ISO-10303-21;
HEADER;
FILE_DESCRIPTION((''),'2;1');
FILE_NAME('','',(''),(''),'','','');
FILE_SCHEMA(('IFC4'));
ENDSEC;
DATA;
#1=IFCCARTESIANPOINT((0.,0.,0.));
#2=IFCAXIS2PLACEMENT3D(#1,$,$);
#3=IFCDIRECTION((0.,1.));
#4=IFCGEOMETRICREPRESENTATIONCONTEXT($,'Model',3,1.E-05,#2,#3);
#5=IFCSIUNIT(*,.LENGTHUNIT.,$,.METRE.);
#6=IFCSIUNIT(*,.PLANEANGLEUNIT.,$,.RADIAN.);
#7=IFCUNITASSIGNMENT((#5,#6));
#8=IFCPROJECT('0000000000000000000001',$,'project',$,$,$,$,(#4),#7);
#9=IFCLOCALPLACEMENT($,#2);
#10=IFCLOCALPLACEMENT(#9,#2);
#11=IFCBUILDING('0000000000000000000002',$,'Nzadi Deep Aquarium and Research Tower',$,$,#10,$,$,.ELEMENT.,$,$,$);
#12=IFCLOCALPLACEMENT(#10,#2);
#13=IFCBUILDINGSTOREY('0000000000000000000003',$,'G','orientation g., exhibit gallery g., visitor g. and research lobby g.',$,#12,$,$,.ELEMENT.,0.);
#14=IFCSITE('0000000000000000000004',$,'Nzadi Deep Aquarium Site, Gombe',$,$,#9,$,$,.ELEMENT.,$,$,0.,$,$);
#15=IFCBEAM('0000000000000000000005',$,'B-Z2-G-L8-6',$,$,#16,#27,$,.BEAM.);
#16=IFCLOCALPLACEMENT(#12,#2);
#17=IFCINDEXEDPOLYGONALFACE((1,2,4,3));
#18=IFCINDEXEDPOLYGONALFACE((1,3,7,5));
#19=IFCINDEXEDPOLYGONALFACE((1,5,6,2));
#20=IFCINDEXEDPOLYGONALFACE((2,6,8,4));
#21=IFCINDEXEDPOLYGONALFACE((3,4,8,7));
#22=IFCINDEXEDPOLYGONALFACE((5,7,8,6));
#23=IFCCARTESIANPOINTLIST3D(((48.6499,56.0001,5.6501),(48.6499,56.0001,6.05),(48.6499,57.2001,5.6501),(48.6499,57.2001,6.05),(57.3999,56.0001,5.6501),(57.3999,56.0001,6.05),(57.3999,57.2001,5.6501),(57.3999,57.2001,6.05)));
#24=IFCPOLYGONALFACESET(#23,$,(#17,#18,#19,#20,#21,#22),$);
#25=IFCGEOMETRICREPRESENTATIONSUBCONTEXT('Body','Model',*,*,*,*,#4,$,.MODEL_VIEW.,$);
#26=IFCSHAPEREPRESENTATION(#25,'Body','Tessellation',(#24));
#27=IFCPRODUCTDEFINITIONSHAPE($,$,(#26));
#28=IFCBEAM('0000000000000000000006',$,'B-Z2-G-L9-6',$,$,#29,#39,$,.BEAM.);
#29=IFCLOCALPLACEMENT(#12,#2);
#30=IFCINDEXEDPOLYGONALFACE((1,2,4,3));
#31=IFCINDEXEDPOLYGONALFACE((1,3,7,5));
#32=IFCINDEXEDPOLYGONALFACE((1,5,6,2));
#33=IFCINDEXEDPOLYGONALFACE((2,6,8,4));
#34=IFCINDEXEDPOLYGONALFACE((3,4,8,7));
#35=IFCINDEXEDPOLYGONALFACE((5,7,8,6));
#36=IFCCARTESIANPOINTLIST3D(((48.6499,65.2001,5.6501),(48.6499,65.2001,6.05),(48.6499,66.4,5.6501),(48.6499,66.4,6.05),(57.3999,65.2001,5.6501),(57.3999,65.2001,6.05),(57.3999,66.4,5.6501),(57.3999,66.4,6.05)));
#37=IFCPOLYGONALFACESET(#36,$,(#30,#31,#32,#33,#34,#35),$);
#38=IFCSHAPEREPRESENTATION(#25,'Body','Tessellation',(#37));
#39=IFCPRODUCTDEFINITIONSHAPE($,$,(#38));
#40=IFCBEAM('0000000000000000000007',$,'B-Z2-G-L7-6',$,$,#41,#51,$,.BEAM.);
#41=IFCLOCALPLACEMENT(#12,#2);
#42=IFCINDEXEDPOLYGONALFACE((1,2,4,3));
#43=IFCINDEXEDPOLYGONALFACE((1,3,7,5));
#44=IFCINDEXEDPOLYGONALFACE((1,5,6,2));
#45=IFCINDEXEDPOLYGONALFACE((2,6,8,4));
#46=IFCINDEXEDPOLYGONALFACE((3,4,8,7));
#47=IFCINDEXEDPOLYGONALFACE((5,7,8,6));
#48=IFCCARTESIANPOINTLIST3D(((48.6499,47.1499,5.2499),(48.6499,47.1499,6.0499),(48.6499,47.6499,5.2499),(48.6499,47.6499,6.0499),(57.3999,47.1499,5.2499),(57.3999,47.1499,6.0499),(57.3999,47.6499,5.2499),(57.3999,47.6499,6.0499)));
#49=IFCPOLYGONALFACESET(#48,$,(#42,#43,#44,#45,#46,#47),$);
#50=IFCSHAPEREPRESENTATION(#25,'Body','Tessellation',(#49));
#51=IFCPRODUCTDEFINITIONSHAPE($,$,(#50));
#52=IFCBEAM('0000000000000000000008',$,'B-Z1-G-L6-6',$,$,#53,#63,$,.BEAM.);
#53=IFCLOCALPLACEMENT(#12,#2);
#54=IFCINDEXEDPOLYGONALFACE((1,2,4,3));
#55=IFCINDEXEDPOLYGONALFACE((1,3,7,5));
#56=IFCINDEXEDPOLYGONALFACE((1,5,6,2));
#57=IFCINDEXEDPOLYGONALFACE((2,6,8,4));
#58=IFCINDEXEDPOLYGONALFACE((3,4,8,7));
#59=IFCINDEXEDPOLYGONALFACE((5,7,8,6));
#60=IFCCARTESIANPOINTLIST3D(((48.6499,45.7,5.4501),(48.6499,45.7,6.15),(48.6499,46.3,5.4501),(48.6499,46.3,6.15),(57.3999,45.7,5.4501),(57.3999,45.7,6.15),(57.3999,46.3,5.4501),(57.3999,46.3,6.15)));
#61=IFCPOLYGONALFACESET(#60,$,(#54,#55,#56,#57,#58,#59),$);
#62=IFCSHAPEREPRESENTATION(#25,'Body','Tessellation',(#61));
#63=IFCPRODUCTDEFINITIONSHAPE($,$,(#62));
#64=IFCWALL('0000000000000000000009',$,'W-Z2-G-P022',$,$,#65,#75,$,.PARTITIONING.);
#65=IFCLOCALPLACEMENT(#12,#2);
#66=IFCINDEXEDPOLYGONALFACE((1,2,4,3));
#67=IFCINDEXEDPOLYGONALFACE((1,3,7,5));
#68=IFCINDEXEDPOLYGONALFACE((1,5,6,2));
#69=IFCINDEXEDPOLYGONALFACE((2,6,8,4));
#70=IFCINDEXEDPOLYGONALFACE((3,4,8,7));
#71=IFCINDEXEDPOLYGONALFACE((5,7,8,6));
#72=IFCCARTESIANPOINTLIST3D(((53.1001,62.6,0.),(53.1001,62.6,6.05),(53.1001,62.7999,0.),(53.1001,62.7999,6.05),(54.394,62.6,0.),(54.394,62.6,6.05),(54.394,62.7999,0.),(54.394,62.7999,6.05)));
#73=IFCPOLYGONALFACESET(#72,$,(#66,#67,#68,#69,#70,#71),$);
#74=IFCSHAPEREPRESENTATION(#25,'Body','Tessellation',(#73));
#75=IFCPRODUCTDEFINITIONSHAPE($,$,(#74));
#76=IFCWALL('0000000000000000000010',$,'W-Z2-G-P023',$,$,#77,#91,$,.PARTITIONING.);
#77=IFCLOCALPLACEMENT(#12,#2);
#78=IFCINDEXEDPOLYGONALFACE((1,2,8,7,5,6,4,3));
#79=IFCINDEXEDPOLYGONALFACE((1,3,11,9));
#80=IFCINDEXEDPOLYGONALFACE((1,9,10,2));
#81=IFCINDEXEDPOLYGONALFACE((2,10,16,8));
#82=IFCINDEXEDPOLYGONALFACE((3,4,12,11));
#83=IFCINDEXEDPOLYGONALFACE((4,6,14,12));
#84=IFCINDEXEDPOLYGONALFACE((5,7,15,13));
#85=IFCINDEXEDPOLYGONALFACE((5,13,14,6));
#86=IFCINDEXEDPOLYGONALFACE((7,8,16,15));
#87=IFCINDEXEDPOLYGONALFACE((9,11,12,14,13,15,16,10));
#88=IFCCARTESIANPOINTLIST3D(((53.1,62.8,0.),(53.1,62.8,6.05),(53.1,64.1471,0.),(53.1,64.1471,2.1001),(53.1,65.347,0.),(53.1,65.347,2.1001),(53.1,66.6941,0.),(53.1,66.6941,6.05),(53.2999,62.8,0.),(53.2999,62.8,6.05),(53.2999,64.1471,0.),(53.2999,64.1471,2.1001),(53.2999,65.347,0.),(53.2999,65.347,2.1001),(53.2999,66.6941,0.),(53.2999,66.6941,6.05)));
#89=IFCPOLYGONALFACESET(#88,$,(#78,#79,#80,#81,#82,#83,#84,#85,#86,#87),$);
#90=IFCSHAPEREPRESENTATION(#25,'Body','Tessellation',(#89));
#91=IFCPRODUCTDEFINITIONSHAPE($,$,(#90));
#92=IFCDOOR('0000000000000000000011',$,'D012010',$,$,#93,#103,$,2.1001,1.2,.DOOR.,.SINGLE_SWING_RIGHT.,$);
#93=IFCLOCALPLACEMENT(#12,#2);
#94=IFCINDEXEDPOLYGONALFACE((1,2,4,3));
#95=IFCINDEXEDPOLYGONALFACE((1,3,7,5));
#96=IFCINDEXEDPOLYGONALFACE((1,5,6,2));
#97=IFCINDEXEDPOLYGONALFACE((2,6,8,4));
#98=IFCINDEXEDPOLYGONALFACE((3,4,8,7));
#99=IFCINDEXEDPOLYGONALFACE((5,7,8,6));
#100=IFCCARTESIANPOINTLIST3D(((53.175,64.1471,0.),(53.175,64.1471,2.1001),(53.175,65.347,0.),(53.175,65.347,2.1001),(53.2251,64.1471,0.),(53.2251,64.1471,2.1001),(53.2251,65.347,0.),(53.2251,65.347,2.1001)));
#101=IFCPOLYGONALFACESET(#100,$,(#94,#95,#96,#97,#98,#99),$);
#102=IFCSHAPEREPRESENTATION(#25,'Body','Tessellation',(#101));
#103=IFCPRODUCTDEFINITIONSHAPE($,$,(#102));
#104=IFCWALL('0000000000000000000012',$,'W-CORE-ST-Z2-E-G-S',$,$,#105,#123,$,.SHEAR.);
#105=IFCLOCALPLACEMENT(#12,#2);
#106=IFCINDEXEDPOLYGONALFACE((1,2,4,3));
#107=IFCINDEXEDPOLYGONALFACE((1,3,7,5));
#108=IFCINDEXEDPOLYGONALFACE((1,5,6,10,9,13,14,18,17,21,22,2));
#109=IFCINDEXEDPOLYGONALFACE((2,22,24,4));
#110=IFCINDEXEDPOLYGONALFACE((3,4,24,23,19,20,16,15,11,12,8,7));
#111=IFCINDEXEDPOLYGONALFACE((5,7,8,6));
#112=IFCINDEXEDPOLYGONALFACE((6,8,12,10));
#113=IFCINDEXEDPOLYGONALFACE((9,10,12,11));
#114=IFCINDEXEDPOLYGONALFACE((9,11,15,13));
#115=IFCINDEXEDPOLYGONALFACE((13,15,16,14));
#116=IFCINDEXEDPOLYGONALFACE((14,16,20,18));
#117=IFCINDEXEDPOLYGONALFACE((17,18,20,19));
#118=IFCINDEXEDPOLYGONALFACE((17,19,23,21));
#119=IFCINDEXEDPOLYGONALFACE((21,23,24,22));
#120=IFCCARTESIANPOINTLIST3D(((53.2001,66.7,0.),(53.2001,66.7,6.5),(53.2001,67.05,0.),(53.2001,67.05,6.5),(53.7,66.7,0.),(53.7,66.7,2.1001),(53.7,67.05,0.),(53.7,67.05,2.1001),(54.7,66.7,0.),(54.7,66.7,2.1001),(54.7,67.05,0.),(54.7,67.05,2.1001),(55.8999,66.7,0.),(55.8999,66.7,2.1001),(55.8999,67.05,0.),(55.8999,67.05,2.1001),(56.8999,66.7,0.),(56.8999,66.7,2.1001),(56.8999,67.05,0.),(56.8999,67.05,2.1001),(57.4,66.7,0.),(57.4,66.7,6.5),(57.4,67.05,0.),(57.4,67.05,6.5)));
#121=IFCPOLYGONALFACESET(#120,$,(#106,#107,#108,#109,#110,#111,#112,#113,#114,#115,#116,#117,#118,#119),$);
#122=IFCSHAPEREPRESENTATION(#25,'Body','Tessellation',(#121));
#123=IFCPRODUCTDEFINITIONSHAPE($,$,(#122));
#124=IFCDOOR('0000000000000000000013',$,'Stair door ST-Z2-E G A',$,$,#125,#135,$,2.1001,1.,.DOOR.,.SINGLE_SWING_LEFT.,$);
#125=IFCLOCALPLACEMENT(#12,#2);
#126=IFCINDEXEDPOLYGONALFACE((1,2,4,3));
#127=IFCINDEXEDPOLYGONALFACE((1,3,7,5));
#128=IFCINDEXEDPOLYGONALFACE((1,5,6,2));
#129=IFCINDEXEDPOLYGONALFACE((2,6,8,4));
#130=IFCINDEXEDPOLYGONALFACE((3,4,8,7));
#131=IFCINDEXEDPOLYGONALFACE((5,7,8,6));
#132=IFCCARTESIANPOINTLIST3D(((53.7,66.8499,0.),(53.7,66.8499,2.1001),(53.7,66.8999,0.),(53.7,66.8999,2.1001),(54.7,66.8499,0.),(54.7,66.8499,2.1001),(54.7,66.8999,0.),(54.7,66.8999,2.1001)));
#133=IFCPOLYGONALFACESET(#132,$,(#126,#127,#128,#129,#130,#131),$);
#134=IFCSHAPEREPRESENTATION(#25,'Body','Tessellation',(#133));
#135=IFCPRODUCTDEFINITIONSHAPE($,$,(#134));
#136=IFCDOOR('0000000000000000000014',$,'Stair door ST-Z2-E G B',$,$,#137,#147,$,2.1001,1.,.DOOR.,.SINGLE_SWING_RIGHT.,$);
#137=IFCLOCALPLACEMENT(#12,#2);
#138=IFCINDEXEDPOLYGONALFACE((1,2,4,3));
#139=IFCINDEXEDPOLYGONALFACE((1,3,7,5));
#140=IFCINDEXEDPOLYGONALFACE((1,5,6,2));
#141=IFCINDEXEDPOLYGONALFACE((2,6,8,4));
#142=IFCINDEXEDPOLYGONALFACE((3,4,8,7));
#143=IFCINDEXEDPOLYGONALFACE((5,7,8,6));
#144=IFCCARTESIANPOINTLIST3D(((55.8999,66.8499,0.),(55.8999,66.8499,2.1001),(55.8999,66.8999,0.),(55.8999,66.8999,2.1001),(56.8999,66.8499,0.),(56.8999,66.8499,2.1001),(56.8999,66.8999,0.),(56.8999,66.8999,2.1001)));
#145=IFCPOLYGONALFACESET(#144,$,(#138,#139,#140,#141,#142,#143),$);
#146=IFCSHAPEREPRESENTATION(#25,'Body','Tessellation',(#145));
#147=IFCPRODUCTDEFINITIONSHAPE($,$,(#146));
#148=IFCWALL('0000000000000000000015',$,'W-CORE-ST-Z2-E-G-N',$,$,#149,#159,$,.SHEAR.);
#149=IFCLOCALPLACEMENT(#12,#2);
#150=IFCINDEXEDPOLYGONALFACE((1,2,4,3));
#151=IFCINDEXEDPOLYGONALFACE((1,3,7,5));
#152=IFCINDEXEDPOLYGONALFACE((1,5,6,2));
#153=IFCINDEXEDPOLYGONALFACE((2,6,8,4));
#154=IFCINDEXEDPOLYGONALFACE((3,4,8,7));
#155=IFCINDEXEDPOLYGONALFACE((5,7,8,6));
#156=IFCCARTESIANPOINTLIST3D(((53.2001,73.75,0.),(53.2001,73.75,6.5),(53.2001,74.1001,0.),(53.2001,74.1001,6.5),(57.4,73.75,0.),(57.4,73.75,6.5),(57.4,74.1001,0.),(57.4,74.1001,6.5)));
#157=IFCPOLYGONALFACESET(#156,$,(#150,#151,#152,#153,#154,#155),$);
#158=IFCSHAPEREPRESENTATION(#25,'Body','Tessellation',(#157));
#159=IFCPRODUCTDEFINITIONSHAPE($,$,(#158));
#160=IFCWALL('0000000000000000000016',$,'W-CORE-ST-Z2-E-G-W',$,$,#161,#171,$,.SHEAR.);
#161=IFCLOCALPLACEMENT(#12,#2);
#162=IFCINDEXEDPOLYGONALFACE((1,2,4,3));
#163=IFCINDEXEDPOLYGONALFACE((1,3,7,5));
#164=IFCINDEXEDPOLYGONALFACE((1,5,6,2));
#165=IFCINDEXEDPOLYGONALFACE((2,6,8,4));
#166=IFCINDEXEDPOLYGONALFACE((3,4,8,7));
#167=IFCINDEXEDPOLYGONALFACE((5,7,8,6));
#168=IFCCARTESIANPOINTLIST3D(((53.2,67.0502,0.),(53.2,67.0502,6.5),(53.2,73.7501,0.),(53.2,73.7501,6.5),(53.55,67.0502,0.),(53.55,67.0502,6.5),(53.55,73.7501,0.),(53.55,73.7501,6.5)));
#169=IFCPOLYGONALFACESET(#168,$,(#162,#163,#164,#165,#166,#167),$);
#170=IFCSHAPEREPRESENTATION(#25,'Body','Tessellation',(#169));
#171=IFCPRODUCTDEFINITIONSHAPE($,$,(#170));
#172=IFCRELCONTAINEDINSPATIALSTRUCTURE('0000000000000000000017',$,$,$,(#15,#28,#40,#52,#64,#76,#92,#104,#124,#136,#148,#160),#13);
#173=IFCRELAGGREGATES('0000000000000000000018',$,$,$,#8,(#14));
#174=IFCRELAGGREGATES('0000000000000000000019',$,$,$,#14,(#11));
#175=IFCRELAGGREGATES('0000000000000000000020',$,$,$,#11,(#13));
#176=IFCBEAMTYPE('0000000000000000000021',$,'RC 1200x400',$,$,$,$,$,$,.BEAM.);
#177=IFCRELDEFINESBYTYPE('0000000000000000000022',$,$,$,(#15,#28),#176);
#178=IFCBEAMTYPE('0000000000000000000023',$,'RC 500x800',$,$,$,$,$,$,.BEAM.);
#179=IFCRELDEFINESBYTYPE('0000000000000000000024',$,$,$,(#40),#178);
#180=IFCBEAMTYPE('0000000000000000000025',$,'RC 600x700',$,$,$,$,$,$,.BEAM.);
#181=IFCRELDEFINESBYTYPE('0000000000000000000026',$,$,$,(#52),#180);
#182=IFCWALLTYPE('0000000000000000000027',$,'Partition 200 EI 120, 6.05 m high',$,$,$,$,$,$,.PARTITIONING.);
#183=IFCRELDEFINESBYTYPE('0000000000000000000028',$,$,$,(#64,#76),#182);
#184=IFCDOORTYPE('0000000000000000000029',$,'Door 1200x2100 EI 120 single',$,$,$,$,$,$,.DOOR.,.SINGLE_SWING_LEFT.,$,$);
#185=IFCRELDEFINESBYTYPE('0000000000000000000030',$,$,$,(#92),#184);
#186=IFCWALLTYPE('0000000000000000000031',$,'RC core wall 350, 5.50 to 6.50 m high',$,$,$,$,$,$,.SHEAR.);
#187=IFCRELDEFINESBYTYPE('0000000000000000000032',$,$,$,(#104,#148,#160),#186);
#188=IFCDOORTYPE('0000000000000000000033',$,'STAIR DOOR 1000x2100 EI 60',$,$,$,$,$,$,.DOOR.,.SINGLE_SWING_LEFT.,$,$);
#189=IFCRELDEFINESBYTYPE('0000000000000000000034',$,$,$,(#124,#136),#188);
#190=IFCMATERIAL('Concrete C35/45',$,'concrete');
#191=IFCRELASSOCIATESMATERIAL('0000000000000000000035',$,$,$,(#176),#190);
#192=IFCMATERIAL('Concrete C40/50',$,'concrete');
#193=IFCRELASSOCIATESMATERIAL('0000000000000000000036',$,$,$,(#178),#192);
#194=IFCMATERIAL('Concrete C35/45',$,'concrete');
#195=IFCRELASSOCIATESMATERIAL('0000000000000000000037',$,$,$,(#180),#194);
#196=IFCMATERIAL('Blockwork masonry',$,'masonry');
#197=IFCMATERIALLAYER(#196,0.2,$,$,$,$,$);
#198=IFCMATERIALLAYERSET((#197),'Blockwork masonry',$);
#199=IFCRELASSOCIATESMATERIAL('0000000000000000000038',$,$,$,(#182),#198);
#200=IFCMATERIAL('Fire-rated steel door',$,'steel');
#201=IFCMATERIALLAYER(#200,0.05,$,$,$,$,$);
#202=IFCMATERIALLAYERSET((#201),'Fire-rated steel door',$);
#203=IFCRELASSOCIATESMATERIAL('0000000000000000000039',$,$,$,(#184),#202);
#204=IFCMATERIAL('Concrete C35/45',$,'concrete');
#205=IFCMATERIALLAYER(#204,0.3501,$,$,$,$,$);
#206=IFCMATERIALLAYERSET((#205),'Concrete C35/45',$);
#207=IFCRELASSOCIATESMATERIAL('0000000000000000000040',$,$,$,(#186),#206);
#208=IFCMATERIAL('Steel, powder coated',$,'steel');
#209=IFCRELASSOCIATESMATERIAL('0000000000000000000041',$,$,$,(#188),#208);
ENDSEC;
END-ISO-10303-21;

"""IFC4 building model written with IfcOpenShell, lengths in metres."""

from ifc_helpers import new_model, si_unit, direction, frame, frame_2d, origin, origin_2d, place, context, subcontext, project, spatial, rectangle, extrude, material, layer, layer_set, material_profile, profile_set, type_object, element, fill, save


model = new_model("IFC4")

# Units and contexts
model_context = context("Model", 3, precision=1e-05, world=origin(), true_north=direction((0.0, 1.0)))
body_context = subcontext(model_context, "Body", "Model", "MODEL_VIEW")
ifc_project = project(units=[si_unit("LENGTHUNIT", "METRE"), si_unit("PLANEANGLEUNIT", "RADIAN")], contexts=[model_context])

# Site, building, storey
site_placement = place(None, origin())
site = spatial("IfcSite", under=ifc_project, at=site_placement, Name="Nzadi Deep Aquarium Site, Gombe", CompositionType="ELEMENT", RefElevation=0.0)
building_placement = place(site_placement, origin())
building = spatial("IfcBuilding", under=site, at=building_placement, Name="Nzadi Deep Aquarium and Research Tower", CompositionType="ELEMENT")
storey_placement = place(building_placement, origin())
storey = spatial("IfcBuildingStorey", under=building, at=storey_placement, Name="G", Description="orientation g., exhibit gallery g., visitor g. and research lobby g.", CompositionType="ELEMENT", Elevation=0.0)

# Beams
ifc_material_1 = material(Name="Concrete C35/45", Category="concrete")
ifc_material_profile_1 = material_profile(ifc_material_1, rectangle(XDim=1.2, YDim=0.3999, at=origin_2d()))
ifc_profile_set_1 = profile_set([ifc_material_profile_1], Name="Concrete C35/45")
beam_type_1 = type_object("IfcBeamType", Name="RC 1200x400", PredefinedType="BEAM", material=ifc_profile_set_1)
for number, where, z_axis, x_axis, name in (
    (1, (48.6499, 56.6001, 5.8501), (1.0, 0.0, 0.0), (0.0, 1.0, 0.0), "B-Z2-G-L8-6"),
    (2, (48.6499, 65.8, 5.8501), (1.0, 0.0, 0.0), (0.0, 1.0, 0.0), "B-Z2-G-L9-6"),
):
    element("IfcBeam", number, at=place(storey_placement, frame(where, z_axis=z_axis, x_axis=x_axis)), inside=storey, type_object=beam_type_1, Name=name, PredefinedType="BEAM", context=body_context, shape_type="SweptSolid", body=[
        extrude(rectangle(XDim=1.2, YDim=0.3999, at=origin_2d()), origin(), (0.0, 0.0, 1.0), 8.75),
    ])
ifc_material_2 = material(Name="Concrete C40/50", Category="concrete")
ifc_material_profile_2 = material_profile(ifc_material_2, rectangle(XDim=0.5, YDim=0.8, at=origin_2d()))
ifc_profile_set_2 = profile_set([ifc_material_profile_2], Name="Concrete C40/50")
beam_type_2 = type_object("IfcBeamType", Name="RC 500x800", PredefinedType="BEAM", material=ifc_profile_set_2)
beam_1_placement = place(storey_placement, frame((48.6499, 47.3999, 5.6499), z_axis=(1.0, 0.0, 0.0), x_axis=(0.0, 1.0, 0.0)))
element("IfcBeam", 3, at=beam_1_placement, inside=storey, type_object=beam_type_2, Name="B-Z2-G-L7-6", PredefinedType="BEAM", context=body_context, shape_type="SweptSolid", body=[
    extrude(rectangle(XDim=0.5, YDim=0.8, at=origin_2d()), origin(), (0.0, 0.0, 1.0), 8.75),
])
ifc_material_3 = material(Name="Concrete C35/45", Category="concrete")
ifc_material_profile_3 = material_profile(ifc_material_3, rectangle(XDim=0.6001, YDim=0.7, at=origin_2d()))
ifc_profile_set_3 = profile_set([ifc_material_profile_3], Name="Concrete C35/45")
beam_type_3 = type_object("IfcBeamType", Name="RC 600x700", PredefinedType="BEAM", material=ifc_profile_set_3)
beam_2_placement = place(storey_placement, frame((48.6499, 46.0, 5.8), z_axis=(1.0, 0.0, 0.0), x_axis=(0.0, 1.0, 0.0)))
element("IfcBeam", 4, at=beam_2_placement, inside=storey, type_object=beam_type_3, Name="B-Z1-G-L6-6", PredefinedType="BEAM", context=body_context, shape_type="SweptSolid", body=[
    extrude(rectangle(XDim=0.6001, YDim=0.7, at=origin_2d()), origin(), (0.0, 0.0, 1.0), 8.75),
])

# Wall
ifc_material_4 = material(Name="Blockwork masonry", Category="masonry")
ifc_layer_1 = layer(ifc_material_4, 0.2)
ifc_layer_set_1 = layer_set([ifc_layer_1], Name="Blockwork masonry")
wall_type_1 = type_object("IfcWallType", Name="Partition 200 EI 120, 6.05 m high", PredefinedType="PARTITIONING", material=ifc_layer_set_1)
wall_1_placement = place(storey_placement, frame((53.1001, 62.7, 0.0), z_axis=(0.0, 0.0, 1.0), x_axis=(1.0, 0.0, 0.0)))
element("IfcWall", 5, at=wall_1_placement, inside=storey, type_object=wall_type_1, Name="W-Z2-G-P022", PredefinedType="PARTITIONING", context=body_context, shape_type="SweptSolid", body=[
    extrude(rectangle(XDim=1.2939, YDim=0.2, at=frame_2d((0.647, 0.0))), origin(), (0.0, 0.0, 1.0), 6.05),
])

# Wall, opening, door
wall_2_placement = place(storey_placement, frame((53.2, 62.8, 0.0), z_axis=(0.0, 0.0, 1.0), x_axis=(0.0, 1.0, 0.0)))
wall_2 = element("IfcWall", 6, at=wall_2_placement, inside=storey, type_object=wall_type_1, Name="W-Z2-G-P023", PredefinedType="PARTITIONING", context=body_context, shape_type="SweptSolid", body=[
    extrude(rectangle(XDim=3.894, YDim=0.2, at=frame_2d((1.947, 0.0))), origin(), (0.0, 0.0, 1.0), 6.05),
])
opening_1_placement = place(wall_2_placement, frame((1.3469, 0.0, 0.0)))
opening_1 = element("IfcOpeningElement", 7, at=opening_1_placement, cuts=wall_2, PredefinedType="OPENING", context=body_context, shape_type="SweptSolid", body=[
    extrude(rectangle(XDim=1.2, YDim=2.1001, at=frame_2d((0.6001, 1.05))), frame((0.0, 0.1101, 0.0), z_axis=(0.0, -1.0, 0.0), x_axis=(1.0, 0.0, 0.0)), (0.0, 0.0, 1.0), 0.2202),
])
ifc_material_5 = material(Name="Fire-rated steel door", Category="steel")
ifc_layer_2 = layer(ifc_material_5, 0.05)
ifc_layer_set_2 = layer_set([ifc_layer_2], Name="Fire-rated steel door")
door_type_1 = type_object("IfcDoorType", Name="Door 1200x2100 EI 120 single", OperationType="SINGLE_SWING_LEFT", PredefinedType="DOOR", material=ifc_layer_set_2)
door_1_placement = place(opening_1_placement, origin())
door_1 = element("IfcDoor", 8, at=door_1_placement, inside=storey, type_object=door_type_1, Name="D012010", OperationType="SINGLE_SWING_RIGHT", OverallHeight=2.1001, OverallWidth=1.2, PredefinedType="DOOR", context=body_context, shape_type="SweptSolid", body=[
    extrude(rectangle(XDim=1.2, YDim=2.1001, at=frame_2d((0.6001, 1.05))), frame((0.0, 0.0249, 0.0), z_axis=(0.0, -1.0, 0.0), x_axis=(1.0, 0.0, 0.0)), (0.0, 0.0, 1.0), 0.05),
])
fill(opening_1, door_1)

# Wall, openings, doors
ifc_material_6 = material(Name="Concrete C35/45", Category="concrete")
ifc_layer_3 = layer(ifc_material_6, 0.3501)
ifc_layer_set_3 = layer_set([ifc_layer_3], Name="Concrete C35/45")
wall_type_2 = type_object("IfcWallType", Name="RC core wall 350, 5.50 to 6.50 m high", PredefinedType="SHEAR", material=ifc_layer_set_3)
wall_3_placement = place(storey_placement, frame((53.2, 66.875, 0.0), z_axis=(0.0, 0.0, 1.0), x_axis=(1.0, 0.0, 0.0)))
wall_3 = element("IfcWall", 9, at=wall_3_placement, inside=storey, type_object=wall_type_2, Name="W-CORE-ST-Z2-E-G-S", PredefinedType="SHEAR", context=body_context, shape_type="SweptSolid", body=[
    extrude(rectangle(XDim=4.2, YDim=0.3501, at=frame_2d((2.1001, 0.0))), origin(), (0.0, 0.0, 1.0), 6.5),
])
opening_2_placement = place(wall_3_placement, frame((0.5, 0.0, 0.0)))
opening_2 = element("IfcOpeningElement", 10, at=opening_2_placement, cuts=wall_3, PredefinedType="OPENING", context=body_context, shape_type="SweptSolid", body=[
    extrude(rectangle(XDim=1.0, YDim=2.1001, at=frame_2d((0.5, 1.05))), frame((0.0, 0.1851, 0.0), z_axis=(0.0, -1.0, 0.0), x_axis=(1.0, 0.0, 0.0)), (0.0, 0.0, 1.0), 0.3701),
])
opening_3_placement = place(wall_3_placement, frame((2.7, 0.0, 0.0)))
opening_3 = element("IfcOpeningElement", 11, at=opening_3_placement, cuts=wall_3, PredefinedType="OPENING", context=body_context, shape_type="SweptSolid", body=[
    extrude(rectangle(XDim=1.0, YDim=2.1001, at=frame_2d((0.5, 1.05))), frame((0.0, 0.1851, 0.0), z_axis=(0.0, -1.0, 0.0), x_axis=(1.0, 0.0, 0.0)), (0.0, 0.0, 1.0), 0.3701),
])
ifc_material_7 = material(Name="Steel, powder coated", Category="steel")
door_type_2 = type_object("IfcDoorType", Name="STAIR DOOR 1000x2100 EI 60", OperationType="SINGLE_SWING_LEFT", PredefinedType="DOOR", material=ifc_material_7)
door_2_placement = place(opening_2_placement, origin())
door_2 = element("IfcDoor", 12, at=door_2_placement, inside=storey, type_object=door_type_2, Name="Stair door ST-Z2-E G A", OperationType="SINGLE_SWING_LEFT", OverallHeight=2.1001, OverallWidth=1.0, PredefinedType="DOOR", context=body_context, shape_type="SweptSolid", body=[
    extrude(rectangle(XDim=1.0, YDim=2.1001, at=frame_2d((0.5, 1.05))), frame((0.0, 0.0249, 0.0), z_axis=(0.0, -1.0, 0.0), x_axis=(1.0, 0.0, 0.0)), (0.0, 0.0, 1.0), 0.05),
])
fill(opening_2, door_2)
door_3_placement = place(opening_3_placement, origin())
door_3 = element("IfcDoor", 13, at=door_3_placement, inside=storey, type_object=door_type_2, Name="Stair door ST-Z2-E G B", OperationType="SINGLE_SWING_RIGHT", OverallHeight=2.1001, OverallWidth=1.0, PredefinedType="DOOR", context=body_context, shape_type="SweptSolid", body=[
    extrude(rectangle(XDim=1.0, YDim=2.1001, at=frame_2d((0.5, 1.05))), frame((0.0, 0.0249, 0.0), z_axis=(0.0, -1.0, 0.0), x_axis=(1.0, 0.0, 0.0)), (0.0, 0.0, 1.0), 0.05),
])
fill(opening_3, door_3)

# Walls
wall_4_placement = place(storey_placement, frame((53.2, 73.925, 0.0), z_axis=(0.0, 0.0, 1.0), x_axis=(1.0, 0.0, 0.0)))
element("IfcWall", 14, at=wall_4_placement, inside=storey, type_object=wall_type_2, Name="W-CORE-ST-Z2-E-G-N", PredefinedType="SHEAR", context=body_context, shape_type="SweptSolid", body=[
    extrude(rectangle(XDim=4.2, YDim=0.3501, at=frame_2d((2.1001, 0.0))), origin(), (0.0, 0.0, 1.0), 6.5),
])
for number, where, z_axis, x_axis, name in (
    (15, (53.375, 67.05, 0.0), (0.0, 0.0, 1.0), (0.0, 1.0, 0.0), "W-CORE-ST-Z2-E-G-W"),
):
    element("IfcWall", number, at=place(storey_placement, frame(where, z_axis=z_axis, x_axis=x_axis)), inside=storey, type_object=wall_type_2, Name=name, PredefinedType="SHEAR", context=body_context, shape_type="SweptSolid", body=[
        extrude(rectangle(XDim=6.7, YDim=0.3501, at=frame_2d((3.3501, 0.0))), origin(), (0.0, 0.0, 1.0), 6.5),
    ])

save(model, "model.ifc")
